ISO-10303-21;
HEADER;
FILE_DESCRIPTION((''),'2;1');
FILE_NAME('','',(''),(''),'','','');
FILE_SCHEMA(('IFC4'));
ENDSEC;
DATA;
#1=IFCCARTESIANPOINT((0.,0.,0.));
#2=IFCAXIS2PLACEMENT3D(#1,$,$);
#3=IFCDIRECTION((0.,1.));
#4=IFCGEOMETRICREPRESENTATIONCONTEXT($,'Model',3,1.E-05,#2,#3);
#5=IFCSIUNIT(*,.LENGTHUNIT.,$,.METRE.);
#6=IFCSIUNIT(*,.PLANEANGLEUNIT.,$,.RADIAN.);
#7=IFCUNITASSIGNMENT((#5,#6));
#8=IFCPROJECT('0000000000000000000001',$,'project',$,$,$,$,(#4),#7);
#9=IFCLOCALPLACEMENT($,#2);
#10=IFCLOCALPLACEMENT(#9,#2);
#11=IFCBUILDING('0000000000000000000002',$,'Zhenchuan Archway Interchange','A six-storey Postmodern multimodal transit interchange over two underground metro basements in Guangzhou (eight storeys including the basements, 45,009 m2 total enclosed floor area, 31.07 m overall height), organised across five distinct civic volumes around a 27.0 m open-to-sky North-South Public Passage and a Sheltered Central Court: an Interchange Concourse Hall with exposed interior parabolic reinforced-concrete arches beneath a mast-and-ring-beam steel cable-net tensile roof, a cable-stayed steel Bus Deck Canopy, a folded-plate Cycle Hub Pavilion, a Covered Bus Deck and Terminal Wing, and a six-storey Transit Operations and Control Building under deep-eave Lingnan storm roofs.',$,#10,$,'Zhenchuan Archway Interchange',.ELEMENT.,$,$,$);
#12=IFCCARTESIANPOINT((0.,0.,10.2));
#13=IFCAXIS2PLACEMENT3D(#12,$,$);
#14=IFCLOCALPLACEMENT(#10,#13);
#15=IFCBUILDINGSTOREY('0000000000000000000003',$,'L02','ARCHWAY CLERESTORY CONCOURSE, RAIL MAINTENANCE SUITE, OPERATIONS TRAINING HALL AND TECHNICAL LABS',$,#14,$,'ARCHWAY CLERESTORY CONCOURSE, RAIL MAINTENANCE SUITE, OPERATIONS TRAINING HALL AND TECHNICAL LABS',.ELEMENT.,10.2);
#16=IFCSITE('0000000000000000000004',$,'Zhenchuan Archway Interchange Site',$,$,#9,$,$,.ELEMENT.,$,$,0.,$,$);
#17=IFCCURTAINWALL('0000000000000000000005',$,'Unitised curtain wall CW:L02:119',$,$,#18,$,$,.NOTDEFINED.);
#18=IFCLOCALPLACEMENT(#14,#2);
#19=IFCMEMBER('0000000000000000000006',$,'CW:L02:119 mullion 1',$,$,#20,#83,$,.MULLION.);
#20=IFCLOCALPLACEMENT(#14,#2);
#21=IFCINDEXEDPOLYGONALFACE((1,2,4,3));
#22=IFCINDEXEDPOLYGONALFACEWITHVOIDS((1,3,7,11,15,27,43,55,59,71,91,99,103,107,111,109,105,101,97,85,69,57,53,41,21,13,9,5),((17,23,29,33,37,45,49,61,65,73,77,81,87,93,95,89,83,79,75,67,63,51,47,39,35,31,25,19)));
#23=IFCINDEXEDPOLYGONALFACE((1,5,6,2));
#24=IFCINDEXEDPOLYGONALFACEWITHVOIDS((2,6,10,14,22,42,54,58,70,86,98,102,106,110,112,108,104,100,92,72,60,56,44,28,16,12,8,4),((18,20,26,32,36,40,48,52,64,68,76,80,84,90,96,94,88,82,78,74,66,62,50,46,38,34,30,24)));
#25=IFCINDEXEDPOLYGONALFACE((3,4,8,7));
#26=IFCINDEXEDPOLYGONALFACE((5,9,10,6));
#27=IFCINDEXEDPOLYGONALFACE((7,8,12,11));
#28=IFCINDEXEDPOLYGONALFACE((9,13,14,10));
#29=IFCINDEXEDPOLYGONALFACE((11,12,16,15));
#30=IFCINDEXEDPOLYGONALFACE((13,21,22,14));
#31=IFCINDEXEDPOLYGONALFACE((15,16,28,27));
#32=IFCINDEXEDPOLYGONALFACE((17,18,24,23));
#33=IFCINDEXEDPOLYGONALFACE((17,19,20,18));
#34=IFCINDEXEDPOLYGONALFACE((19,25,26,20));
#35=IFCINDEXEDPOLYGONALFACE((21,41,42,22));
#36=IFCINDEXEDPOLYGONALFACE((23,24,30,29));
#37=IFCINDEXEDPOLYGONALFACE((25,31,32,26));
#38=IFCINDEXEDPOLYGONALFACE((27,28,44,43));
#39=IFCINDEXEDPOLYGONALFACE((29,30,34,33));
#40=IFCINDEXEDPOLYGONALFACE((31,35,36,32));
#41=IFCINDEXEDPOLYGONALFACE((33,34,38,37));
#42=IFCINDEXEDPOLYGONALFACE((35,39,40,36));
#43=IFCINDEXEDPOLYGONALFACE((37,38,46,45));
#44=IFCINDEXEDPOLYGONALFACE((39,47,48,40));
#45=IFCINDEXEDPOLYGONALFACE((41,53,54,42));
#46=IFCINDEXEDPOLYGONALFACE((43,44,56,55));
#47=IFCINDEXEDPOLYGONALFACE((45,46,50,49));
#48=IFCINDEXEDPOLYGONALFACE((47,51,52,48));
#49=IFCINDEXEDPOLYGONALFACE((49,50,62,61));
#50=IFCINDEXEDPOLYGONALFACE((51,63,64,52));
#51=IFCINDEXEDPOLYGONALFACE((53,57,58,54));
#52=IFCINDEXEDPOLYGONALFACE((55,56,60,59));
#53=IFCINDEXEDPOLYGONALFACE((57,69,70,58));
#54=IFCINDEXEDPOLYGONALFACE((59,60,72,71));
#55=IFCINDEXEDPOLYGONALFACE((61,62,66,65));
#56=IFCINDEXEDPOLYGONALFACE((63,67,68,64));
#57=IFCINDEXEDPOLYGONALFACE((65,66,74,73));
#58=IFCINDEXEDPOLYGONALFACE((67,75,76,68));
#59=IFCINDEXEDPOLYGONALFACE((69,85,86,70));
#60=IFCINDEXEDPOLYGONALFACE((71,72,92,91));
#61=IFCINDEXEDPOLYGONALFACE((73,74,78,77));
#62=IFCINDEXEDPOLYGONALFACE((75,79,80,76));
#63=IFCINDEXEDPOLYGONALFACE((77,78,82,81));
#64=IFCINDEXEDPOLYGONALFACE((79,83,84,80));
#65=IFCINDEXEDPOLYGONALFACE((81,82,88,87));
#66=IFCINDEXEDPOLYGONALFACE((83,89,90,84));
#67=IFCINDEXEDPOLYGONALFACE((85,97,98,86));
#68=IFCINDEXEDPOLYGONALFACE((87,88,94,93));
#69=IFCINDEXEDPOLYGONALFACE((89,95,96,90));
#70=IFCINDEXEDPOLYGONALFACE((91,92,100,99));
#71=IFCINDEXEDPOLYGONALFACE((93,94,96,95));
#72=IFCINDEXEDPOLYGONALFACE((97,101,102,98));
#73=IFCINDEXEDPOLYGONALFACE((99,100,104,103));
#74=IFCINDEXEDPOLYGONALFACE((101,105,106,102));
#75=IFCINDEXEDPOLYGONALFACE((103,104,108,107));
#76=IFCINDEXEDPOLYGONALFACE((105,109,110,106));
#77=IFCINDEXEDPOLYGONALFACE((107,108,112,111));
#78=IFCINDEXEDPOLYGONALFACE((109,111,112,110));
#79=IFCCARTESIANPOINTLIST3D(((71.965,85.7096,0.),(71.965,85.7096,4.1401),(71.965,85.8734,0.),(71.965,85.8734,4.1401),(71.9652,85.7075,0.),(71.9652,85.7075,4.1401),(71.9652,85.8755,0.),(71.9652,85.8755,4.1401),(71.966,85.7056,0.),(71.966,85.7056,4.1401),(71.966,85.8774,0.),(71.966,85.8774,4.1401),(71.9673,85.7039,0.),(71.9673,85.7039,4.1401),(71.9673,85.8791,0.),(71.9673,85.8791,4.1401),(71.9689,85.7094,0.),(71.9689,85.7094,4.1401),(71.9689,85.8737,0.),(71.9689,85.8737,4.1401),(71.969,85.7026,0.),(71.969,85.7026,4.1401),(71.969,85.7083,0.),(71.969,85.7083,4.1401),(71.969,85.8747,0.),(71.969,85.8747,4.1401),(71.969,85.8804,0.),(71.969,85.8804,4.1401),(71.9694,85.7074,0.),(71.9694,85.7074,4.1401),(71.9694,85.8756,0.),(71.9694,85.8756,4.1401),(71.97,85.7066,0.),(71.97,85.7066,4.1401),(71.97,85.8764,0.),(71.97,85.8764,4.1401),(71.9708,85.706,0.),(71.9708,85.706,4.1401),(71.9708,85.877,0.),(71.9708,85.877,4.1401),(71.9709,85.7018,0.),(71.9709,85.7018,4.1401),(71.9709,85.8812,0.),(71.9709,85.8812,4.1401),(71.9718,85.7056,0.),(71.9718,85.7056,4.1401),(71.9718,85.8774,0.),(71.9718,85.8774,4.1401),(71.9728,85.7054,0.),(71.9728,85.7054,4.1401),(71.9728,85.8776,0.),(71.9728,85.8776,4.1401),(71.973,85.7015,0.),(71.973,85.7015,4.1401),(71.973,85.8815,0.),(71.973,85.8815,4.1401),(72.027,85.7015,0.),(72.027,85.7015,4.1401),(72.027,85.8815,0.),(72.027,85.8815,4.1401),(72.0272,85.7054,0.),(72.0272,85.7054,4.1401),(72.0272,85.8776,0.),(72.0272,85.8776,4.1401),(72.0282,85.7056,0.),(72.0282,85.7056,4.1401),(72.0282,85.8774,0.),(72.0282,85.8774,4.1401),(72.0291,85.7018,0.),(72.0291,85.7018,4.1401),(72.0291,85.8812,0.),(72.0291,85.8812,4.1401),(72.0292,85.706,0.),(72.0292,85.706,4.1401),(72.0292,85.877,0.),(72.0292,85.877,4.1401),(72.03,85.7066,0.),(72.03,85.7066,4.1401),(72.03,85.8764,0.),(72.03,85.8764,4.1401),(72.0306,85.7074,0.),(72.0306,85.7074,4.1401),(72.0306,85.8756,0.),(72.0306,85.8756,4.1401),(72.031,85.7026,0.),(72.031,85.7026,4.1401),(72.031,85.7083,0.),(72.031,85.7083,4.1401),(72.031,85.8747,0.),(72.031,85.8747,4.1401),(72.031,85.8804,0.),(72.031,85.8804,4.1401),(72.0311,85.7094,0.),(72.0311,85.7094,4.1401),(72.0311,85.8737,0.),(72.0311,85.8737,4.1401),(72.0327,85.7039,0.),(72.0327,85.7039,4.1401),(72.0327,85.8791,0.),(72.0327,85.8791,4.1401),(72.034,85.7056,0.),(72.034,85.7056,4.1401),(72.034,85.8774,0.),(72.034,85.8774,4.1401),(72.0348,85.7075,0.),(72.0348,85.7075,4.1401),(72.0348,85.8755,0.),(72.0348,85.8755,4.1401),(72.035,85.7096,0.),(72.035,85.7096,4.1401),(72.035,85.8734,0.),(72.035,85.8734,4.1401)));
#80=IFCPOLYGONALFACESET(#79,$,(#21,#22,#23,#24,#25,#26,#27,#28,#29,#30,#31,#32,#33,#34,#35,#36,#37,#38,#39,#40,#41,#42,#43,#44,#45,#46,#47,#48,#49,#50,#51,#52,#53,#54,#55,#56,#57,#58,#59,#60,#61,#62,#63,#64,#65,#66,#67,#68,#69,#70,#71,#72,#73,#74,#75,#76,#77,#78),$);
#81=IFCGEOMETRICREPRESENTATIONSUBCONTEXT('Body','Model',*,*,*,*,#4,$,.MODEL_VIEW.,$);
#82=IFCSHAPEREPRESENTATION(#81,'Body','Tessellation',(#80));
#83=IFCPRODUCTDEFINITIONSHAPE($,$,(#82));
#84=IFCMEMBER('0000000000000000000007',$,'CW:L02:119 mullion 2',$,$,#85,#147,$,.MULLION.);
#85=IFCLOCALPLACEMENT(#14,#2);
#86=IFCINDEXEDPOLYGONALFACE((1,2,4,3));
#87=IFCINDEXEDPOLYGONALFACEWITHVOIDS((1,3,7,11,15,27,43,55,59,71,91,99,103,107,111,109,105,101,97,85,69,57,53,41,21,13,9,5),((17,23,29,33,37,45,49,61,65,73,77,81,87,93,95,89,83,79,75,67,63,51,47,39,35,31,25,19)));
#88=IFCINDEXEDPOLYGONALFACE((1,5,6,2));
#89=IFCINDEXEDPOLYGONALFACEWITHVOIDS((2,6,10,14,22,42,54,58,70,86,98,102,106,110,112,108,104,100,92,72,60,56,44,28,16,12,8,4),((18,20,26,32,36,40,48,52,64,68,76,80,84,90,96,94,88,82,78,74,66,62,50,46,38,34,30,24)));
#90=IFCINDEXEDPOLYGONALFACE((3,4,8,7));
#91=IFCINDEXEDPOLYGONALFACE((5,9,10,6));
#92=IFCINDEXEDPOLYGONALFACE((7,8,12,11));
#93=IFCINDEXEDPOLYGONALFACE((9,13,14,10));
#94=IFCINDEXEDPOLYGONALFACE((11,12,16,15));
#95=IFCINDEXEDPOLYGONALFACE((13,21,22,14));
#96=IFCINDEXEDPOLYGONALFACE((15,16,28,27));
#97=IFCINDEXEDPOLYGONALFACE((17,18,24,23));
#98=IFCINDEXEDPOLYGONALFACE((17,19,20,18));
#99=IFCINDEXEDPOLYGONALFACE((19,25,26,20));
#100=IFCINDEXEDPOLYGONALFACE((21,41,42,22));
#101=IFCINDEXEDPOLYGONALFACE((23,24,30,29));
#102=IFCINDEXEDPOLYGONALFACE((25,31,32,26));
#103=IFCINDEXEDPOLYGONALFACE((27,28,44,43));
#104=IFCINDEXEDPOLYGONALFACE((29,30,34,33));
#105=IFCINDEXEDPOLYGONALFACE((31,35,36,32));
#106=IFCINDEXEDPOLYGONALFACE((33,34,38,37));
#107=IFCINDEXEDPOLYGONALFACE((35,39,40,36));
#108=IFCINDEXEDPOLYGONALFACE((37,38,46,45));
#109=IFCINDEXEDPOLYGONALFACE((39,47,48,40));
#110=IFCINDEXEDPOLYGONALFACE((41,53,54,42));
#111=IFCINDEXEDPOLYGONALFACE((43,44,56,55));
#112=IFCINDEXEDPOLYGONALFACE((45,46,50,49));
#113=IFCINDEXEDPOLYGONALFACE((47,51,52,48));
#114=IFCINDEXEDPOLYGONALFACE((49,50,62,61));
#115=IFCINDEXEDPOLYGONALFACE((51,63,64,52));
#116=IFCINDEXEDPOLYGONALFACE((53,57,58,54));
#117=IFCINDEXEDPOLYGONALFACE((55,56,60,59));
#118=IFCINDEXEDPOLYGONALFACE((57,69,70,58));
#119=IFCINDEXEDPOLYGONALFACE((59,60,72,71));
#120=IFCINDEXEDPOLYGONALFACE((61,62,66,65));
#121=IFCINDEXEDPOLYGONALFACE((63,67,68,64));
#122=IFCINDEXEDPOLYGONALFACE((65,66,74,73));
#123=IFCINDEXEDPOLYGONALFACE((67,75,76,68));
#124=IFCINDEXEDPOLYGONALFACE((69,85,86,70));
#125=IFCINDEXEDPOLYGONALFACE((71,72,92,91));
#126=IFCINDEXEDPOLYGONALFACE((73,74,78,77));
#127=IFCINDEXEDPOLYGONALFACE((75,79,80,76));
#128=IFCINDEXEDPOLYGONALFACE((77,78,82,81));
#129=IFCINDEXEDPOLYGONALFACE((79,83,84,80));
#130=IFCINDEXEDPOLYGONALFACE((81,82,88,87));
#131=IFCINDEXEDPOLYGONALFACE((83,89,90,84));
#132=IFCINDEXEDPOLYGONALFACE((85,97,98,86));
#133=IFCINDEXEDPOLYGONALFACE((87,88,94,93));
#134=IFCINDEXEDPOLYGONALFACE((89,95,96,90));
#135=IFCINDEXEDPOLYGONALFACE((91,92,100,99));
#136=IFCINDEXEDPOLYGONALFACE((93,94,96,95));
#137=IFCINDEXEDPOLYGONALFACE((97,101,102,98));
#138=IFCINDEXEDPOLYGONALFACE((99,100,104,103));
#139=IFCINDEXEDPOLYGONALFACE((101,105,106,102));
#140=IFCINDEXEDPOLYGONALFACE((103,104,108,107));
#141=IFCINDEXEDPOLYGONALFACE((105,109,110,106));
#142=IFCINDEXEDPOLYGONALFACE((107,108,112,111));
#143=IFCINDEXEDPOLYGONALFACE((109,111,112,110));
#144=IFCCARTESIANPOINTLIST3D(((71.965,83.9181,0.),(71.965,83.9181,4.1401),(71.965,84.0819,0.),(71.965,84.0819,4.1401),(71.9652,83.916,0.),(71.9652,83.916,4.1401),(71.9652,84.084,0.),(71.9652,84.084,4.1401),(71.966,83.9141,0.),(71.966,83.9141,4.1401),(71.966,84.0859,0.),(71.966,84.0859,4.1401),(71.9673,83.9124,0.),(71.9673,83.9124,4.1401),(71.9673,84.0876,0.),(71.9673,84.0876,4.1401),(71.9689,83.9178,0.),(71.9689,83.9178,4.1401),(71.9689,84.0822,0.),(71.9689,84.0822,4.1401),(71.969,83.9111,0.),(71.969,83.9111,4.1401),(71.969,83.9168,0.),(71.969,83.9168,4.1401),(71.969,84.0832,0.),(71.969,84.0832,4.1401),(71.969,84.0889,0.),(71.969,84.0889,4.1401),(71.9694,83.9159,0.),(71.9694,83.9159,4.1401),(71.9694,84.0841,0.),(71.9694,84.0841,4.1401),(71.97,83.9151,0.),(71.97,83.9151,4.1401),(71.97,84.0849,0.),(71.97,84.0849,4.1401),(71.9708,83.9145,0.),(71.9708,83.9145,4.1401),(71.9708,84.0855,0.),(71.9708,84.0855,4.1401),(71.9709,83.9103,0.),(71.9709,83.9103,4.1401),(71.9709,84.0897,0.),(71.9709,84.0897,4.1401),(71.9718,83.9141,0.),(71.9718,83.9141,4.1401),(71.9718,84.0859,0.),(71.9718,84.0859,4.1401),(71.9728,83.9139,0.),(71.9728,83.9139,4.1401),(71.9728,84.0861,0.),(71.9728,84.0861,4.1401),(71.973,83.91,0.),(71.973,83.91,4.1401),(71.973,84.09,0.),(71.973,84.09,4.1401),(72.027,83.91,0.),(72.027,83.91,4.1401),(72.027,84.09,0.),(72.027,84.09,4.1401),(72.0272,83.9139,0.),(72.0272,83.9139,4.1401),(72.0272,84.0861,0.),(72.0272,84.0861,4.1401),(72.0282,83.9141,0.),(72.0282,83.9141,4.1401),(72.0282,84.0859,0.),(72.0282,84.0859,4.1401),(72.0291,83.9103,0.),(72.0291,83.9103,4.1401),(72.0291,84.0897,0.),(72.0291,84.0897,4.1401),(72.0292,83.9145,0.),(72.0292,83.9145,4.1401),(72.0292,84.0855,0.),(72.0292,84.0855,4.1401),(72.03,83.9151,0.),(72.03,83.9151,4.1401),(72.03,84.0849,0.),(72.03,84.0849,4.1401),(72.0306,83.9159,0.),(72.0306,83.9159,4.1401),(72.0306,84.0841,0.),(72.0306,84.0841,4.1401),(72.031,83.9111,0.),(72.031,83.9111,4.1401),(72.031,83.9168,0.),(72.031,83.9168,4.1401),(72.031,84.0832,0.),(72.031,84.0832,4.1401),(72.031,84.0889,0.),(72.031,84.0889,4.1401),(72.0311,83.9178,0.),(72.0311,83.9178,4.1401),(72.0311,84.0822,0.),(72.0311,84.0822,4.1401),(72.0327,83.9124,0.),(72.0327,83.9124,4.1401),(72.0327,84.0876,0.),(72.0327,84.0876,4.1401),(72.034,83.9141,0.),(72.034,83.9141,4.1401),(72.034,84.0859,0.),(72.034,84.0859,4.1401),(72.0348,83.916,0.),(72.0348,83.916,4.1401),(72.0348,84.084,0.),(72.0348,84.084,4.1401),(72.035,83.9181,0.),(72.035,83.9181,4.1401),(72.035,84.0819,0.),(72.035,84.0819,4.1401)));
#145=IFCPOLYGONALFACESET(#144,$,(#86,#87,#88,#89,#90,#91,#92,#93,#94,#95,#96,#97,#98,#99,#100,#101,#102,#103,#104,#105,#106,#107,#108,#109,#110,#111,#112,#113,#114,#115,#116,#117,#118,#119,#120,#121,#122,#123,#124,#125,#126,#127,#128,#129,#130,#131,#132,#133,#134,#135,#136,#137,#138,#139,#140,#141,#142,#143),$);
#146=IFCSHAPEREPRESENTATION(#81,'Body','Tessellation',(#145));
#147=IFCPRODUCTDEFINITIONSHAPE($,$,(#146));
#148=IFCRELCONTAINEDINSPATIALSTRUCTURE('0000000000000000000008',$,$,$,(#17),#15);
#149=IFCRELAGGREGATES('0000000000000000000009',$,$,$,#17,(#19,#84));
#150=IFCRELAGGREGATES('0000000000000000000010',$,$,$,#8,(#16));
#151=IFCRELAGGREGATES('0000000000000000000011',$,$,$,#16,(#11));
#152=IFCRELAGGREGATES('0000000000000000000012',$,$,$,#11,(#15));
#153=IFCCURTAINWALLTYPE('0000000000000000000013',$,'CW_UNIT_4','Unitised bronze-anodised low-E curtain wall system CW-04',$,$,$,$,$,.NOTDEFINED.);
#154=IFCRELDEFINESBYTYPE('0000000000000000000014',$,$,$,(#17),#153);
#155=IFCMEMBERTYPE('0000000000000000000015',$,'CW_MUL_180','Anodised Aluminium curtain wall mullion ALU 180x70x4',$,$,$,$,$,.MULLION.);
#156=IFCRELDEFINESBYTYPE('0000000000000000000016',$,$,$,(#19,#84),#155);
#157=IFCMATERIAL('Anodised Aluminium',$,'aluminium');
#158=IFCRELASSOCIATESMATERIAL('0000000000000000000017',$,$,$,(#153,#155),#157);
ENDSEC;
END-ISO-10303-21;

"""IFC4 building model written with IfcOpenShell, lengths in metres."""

from ifc_helpers import new_model, si_unit, direction, frame, origin, origin_2d, place, context, subcontext, project, spatial, hollow_rectangle, extrude, material, material_profile, profile_set, type_object, element, aggregate, save


model = new_model("IFC4")

# Units and contexts
model_context = context("Model", 3, precision=1e-05, world=origin(), true_north=direction((0.0, 1.0)))
body_context = subcontext(model_context, "Body", "Model", "MODEL_VIEW")
ifc_project = project(units=[si_unit("LENGTHUNIT", "METRE"), si_unit("PLANEANGLEUNIT", "RADIAN")], contexts=[model_context])

# Site, building, storey
site_placement = place(None, origin())
site = spatial("IfcSite", under=ifc_project, at=site_placement, Name="Zhenchuan Archway Interchange Site", CompositionType="ELEMENT", RefElevation=0.0)
building_placement = place(site_placement, origin())
building = spatial("IfcBuilding", under=site, at=building_placement, Name="Zhenchuan Archway Interchange", Description="A six-storey Postmodern multimodal transit interchange over two underground metro basements in Guangzhou (eight storeys including the basements, 45,009 m2 total enclosed floor area, 31.07 m overall height), organised across five distinct civic volumes around a 27.0 m open-to-sky North-South Public Passage and a Sheltered Central Court: an Interchange Concourse Hall with exposed interior parabolic reinforced-concrete arches beneath a mast-and-ring-beam steel cable-net tensile roof, a cable-stayed steel Bus Deck Canopy, a folded-plate Cycle Hub Pavilion, a Covered Bus Deck and Terminal Wing, and a six-storey Transit Operations and Control Building under deep-eave Lingnan storm roofs.", LongName="Zhenchuan Archway Interchange", CompositionType="ELEMENT")
storey_placement = place(building_placement, frame((0.0, 0.0, 10.2)))
storey = spatial("IfcBuildingStorey", under=building, at=storey_placement, Name="L02", Description="ARCHWAY CLERESTORY CONCOURSE, RAIL MAINTENANCE SUITE, OPERATIONS TRAINING HALL AND TECHNICAL LABS", LongName="ARCHWAY CLERESTORY CONCOURSE, RAIL MAINTENANCE SUITE, OPERATIONS TRAINING HALL AND TECHNICAL LABS", CompositionType="ELEMENT", Elevation=10.2)

# Curtain wall, members
ifc_material_1 = material(Name="Anodised Aluminium", Category="aluminium")
curtain_wall_type = type_object("IfcCurtainWallType", Name="CW_UNIT_4", Description="Unitised bronze-anodised low-E curtain wall system CW-04", PredefinedType="NOTDEFINED", material=ifc_material_1)
curtain_wall_placement = place(storey_placement, origin())
curtain_wall = element("IfcCurtainWall", 1, at=curtain_wall_placement, inside=storey, type_object=curtain_wall_type, Name="Unitised curtain wall CW:L02:119", PredefinedType="NOTDEFINED")
ifc_material_profile_1 = material_profile(ifc_material_1, hollow_rectangle(XDim=0.0701, YDim=0.1799, WallThickness=0.0039, InnerFilletRadius=0.0039, OuterFilletRadius=0.0081, at=origin_2d()), Name="ALU 180x70x4")
ifc_profile_set_1 = profile_set([ifc_material_profile_1], Name="Anodised Aluminium")
member_type_1 = type_object("IfcMemberType", Name="CW_MUL_180", Description="Anodised Aluminium curtain wall mullion ALU 180x70x4", PredefinedType="MULLION", material=ifc_profile_set_1)
member_1_placement = place(storey_placement, frame((72.0, 85.7915, 0.0), z_axis=(0.0, 0.0, 1.0), x_axis=(1.0, 0.0, 0.0)))
member_1 = element("IfcMember", 2, at=member_1_placement, type_object=member_type_1, Name="CW:L02:119 mullion 1", PredefinedType="MULLION", context=body_context, shape_type="SweptSolid", body=[
    extrude(hollow_rectangle(XDim=0.0701, YDim=0.1799, WallThickness=0.0039, InnerFilletRadius=0.0039, OuterFilletRadius=0.0081, at=origin_2d()), origin(), (0.0, 0.0, 1.0), 4.1401),
])
member_2_placement = place(storey_placement, frame((72.0, 84.0, 0.0), z_axis=(0.0, 0.0, 1.0), x_axis=(1.0, 0.0, 0.0)))
member_2 = element("IfcMember", 3, at=member_2_placement, type_object=member_type_1, Name="CW:L02:119 mullion 2", PredefinedType="MULLION", context=body_context, shape_type="SweptSolid", body=[
    extrude(hollow_rectangle(XDim=0.0701, YDim=0.1799, WallThickness=0.0039, InnerFilletRadius=0.0039, OuterFilletRadius=0.0081, at=origin_2d()), origin(), (0.0, 0.0, 1.0), 4.1401),
])
aggregate(curtain_wall, [member_1, member_2])

save(model, "model.ifc")
